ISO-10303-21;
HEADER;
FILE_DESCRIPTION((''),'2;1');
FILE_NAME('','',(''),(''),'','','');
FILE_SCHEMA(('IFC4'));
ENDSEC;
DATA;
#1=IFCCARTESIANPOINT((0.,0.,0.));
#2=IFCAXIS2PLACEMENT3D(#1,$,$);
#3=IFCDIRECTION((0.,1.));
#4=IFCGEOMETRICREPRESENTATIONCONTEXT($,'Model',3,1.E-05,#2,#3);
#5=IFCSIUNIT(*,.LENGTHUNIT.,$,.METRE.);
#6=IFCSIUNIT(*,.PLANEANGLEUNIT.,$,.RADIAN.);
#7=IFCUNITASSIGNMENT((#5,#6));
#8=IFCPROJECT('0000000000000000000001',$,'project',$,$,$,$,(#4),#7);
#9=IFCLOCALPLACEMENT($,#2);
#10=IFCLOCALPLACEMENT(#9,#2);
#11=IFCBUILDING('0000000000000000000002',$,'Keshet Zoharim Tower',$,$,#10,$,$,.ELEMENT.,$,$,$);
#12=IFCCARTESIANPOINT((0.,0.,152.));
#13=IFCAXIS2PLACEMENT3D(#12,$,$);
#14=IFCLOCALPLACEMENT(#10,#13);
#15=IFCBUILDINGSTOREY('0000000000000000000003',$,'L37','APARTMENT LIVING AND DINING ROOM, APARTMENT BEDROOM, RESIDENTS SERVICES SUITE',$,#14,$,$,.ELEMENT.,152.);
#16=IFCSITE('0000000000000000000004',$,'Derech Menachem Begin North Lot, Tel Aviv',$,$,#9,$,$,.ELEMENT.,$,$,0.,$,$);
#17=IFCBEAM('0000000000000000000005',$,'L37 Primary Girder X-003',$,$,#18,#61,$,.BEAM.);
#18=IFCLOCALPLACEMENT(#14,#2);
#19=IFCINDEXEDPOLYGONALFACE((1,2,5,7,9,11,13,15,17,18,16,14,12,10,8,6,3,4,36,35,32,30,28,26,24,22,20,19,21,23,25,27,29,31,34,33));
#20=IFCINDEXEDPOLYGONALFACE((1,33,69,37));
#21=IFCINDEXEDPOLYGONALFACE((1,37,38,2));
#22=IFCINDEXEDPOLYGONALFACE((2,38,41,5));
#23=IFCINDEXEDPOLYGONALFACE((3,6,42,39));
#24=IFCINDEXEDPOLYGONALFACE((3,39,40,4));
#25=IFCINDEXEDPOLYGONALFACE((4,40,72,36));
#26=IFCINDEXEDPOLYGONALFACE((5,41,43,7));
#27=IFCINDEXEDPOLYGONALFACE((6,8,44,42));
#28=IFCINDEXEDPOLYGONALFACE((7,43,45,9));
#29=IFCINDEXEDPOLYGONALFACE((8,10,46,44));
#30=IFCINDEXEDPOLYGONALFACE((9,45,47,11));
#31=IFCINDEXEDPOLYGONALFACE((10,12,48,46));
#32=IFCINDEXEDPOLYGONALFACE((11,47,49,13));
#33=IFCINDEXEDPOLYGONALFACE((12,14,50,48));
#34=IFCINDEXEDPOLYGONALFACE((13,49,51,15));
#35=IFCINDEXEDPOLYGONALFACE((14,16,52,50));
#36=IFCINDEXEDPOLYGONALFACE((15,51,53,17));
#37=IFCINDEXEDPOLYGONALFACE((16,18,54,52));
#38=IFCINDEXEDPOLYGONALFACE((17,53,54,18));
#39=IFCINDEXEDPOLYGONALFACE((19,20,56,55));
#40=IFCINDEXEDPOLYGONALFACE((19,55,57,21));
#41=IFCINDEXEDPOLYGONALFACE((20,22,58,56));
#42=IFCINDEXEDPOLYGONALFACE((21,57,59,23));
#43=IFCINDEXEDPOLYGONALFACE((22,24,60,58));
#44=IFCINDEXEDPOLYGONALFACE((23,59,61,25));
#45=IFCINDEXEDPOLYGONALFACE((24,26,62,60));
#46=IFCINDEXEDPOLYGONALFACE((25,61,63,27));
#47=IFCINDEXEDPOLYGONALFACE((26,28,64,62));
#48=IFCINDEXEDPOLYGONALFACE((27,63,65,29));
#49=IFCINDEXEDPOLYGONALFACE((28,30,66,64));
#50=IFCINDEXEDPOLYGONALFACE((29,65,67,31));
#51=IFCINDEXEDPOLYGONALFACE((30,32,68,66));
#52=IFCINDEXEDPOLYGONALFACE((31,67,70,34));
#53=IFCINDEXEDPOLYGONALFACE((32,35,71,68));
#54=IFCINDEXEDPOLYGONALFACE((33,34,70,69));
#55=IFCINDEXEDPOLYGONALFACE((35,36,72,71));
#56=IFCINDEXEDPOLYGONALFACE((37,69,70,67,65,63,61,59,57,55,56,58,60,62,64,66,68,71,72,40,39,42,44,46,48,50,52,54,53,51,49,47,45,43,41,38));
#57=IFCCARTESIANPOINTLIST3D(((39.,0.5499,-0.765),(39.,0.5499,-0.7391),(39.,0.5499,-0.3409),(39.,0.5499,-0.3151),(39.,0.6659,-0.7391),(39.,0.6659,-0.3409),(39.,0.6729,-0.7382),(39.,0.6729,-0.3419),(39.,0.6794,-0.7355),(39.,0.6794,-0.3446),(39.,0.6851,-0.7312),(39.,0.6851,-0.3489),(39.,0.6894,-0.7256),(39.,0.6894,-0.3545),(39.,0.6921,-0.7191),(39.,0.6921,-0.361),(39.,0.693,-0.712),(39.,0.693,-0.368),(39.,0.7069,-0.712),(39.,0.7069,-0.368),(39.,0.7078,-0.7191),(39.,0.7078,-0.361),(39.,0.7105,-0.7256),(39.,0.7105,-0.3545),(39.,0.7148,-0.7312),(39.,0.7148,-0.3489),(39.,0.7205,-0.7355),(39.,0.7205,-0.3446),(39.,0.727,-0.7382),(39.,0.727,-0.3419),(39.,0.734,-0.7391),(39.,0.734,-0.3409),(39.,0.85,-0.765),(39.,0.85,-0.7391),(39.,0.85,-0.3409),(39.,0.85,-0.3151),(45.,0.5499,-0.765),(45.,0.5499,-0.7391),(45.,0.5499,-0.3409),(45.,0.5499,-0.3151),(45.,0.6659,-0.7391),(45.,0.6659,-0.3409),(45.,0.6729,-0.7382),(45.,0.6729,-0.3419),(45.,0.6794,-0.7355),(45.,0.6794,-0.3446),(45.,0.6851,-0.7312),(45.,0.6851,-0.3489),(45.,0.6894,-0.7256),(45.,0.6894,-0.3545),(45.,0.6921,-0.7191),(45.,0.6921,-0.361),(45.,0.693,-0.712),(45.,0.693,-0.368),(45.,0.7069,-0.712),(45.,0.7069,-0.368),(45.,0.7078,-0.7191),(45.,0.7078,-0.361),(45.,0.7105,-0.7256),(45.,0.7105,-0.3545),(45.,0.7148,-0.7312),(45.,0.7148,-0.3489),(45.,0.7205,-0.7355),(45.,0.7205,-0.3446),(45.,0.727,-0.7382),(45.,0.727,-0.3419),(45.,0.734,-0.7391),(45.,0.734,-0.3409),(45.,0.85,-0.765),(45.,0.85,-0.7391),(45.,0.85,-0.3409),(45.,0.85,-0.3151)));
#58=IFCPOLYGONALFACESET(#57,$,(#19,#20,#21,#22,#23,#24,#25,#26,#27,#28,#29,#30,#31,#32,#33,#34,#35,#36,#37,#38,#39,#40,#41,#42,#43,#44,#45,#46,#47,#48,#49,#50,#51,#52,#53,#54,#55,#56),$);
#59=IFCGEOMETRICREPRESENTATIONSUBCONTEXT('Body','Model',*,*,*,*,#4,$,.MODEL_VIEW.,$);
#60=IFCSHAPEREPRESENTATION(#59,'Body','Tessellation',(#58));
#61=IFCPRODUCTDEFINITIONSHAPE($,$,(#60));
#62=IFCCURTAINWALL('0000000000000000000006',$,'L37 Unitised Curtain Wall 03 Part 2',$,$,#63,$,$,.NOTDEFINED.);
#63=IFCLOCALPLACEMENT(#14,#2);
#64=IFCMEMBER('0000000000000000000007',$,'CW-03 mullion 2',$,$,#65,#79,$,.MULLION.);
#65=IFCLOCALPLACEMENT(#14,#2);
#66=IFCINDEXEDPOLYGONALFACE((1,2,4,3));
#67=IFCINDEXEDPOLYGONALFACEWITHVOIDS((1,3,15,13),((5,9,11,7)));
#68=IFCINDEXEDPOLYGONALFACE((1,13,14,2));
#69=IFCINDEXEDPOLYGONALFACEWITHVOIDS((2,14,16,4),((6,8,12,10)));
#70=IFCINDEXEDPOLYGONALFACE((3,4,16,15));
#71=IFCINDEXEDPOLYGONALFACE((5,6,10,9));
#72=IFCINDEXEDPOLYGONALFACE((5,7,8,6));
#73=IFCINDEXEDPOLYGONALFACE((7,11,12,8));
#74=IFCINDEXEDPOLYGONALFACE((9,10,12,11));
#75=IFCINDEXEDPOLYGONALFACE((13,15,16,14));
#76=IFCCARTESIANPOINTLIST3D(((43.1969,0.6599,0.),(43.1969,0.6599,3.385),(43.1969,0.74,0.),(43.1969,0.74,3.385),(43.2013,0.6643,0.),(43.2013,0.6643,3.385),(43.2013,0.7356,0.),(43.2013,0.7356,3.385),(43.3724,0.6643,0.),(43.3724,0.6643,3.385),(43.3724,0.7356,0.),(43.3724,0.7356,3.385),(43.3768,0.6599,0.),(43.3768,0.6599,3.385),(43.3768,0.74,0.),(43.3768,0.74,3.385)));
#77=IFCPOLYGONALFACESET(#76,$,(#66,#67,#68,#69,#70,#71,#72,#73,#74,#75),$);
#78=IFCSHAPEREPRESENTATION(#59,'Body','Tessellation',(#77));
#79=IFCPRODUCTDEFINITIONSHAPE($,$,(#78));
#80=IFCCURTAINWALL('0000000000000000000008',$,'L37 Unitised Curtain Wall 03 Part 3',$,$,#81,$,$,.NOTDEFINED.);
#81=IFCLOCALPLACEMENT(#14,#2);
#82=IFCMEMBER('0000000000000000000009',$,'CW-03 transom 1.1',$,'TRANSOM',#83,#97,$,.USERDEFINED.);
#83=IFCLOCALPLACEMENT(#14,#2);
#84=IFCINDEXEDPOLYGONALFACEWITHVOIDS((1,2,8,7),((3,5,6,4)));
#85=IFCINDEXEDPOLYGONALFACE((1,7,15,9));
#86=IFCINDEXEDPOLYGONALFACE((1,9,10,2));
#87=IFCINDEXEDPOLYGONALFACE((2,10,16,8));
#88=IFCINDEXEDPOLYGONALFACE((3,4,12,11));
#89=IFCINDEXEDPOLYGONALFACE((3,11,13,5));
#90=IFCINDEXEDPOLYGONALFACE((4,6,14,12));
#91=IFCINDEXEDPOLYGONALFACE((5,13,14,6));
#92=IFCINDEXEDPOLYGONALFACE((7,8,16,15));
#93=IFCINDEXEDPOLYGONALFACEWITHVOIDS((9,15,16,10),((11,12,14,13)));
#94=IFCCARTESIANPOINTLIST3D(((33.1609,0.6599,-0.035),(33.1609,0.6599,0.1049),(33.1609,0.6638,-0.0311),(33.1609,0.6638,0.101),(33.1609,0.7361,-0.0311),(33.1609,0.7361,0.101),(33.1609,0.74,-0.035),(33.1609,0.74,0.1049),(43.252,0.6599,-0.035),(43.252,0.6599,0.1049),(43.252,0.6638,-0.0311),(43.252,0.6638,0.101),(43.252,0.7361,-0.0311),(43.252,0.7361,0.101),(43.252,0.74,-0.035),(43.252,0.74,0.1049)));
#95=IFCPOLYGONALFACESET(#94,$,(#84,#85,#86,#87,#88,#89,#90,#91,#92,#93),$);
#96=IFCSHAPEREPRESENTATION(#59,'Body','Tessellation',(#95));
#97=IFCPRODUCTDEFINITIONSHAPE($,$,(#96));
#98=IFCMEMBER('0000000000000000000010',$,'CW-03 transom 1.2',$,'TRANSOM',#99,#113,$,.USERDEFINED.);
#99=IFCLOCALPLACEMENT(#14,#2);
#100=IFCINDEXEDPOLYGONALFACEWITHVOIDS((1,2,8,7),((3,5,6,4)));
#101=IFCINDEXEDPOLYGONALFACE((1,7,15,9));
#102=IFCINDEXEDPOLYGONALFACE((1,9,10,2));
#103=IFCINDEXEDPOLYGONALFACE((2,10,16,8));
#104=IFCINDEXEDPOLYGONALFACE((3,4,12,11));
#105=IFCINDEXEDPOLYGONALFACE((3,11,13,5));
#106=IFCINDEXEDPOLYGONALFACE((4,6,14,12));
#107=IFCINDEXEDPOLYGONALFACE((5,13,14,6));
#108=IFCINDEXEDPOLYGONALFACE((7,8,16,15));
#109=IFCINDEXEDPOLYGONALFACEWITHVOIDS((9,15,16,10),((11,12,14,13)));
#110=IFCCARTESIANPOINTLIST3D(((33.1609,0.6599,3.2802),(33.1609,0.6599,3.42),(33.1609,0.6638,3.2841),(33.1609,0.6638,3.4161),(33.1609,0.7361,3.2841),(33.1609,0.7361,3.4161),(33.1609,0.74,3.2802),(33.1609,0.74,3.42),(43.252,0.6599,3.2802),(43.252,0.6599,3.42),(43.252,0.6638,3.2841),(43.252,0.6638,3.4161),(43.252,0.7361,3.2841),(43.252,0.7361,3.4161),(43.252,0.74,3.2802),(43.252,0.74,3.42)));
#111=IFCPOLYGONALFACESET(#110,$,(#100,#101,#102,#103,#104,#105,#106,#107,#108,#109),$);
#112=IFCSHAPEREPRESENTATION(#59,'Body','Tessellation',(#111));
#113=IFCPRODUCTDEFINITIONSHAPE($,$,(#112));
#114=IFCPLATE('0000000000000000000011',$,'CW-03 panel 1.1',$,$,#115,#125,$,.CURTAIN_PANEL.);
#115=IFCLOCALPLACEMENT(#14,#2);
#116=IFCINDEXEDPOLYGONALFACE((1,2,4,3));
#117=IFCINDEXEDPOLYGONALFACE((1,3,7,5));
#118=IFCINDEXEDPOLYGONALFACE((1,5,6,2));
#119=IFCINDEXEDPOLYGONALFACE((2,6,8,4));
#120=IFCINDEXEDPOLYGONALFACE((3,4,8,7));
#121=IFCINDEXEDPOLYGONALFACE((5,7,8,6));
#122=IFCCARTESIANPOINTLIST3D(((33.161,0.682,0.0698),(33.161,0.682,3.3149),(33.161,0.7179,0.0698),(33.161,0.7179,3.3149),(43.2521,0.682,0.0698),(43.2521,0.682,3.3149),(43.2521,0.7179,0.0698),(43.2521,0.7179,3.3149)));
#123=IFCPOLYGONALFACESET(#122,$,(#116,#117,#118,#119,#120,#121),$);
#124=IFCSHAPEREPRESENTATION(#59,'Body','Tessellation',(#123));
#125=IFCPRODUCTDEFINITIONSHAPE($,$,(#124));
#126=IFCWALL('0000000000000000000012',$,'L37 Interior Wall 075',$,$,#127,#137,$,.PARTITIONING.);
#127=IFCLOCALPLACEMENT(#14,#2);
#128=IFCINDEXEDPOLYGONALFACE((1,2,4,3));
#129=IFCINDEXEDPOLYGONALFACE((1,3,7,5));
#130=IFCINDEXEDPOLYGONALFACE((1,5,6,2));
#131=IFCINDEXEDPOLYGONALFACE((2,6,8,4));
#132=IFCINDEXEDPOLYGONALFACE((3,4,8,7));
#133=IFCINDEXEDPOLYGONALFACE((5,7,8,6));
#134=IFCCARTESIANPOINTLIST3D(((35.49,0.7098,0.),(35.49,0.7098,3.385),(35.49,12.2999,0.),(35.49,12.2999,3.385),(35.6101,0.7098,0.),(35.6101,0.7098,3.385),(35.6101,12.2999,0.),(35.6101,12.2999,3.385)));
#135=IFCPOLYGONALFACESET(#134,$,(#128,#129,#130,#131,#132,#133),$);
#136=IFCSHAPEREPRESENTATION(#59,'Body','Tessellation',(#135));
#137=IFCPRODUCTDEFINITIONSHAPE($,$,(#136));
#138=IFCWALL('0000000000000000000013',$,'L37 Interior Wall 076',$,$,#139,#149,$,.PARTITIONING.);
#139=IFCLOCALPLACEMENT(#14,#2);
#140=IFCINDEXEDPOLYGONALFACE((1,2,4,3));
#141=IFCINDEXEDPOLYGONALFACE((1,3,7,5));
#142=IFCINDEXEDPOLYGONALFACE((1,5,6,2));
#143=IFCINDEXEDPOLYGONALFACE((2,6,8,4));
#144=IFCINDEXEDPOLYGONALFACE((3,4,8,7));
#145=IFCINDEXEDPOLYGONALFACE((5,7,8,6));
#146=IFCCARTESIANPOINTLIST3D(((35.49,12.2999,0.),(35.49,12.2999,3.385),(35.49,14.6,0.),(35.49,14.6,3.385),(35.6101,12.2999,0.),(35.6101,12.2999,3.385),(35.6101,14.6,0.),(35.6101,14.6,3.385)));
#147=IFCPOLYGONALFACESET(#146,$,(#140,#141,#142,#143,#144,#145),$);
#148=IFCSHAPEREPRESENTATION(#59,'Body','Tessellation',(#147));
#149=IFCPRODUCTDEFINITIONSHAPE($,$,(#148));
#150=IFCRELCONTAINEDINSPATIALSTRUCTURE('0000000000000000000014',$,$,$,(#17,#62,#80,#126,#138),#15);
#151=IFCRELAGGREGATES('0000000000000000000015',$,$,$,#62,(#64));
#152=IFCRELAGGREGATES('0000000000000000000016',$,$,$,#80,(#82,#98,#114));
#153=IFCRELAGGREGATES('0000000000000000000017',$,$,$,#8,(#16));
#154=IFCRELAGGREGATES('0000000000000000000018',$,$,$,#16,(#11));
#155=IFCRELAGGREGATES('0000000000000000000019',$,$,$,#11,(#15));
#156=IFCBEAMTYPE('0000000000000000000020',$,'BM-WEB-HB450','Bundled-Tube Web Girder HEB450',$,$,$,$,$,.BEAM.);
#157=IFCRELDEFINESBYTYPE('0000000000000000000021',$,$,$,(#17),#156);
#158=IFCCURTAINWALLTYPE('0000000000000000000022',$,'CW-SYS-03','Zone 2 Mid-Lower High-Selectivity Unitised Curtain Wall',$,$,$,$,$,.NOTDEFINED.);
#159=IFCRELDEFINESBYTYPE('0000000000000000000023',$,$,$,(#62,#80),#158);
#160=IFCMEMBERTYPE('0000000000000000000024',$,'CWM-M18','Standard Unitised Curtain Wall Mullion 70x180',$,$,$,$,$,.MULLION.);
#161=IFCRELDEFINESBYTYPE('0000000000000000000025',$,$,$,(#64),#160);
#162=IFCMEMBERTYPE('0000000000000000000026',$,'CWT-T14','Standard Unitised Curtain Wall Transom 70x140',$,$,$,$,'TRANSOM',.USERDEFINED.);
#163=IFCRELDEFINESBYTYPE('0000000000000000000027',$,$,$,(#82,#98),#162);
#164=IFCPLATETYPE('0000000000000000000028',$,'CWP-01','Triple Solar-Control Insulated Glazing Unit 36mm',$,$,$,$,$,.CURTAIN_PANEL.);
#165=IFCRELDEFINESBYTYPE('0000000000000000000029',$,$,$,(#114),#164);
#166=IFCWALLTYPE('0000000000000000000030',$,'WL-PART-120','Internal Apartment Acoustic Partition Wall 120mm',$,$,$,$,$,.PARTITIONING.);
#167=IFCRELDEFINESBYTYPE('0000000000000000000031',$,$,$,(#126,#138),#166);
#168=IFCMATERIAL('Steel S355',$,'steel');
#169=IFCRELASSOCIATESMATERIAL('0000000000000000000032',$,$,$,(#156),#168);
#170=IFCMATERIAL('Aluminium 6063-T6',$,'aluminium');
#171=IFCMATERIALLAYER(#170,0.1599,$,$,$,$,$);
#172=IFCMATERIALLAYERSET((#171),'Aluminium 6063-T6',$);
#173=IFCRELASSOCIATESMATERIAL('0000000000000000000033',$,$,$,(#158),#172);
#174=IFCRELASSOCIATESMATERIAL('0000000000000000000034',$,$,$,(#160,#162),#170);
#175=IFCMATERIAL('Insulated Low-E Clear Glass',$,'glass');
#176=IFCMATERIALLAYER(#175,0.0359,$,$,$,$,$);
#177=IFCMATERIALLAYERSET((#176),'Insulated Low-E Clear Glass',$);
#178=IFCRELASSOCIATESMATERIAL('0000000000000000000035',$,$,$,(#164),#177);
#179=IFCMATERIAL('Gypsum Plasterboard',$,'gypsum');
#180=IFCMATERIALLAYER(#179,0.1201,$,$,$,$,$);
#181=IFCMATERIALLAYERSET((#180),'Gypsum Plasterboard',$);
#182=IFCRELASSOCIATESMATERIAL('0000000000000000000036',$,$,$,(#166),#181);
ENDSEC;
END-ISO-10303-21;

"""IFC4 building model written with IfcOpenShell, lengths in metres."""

from ifc_helpers import new_model, si_unit, direction, frame, frame_2d, origin, origin_2d, place, context, subcontext, project, spatial, rectangle, hollow_rectangle, i_section, extrude, material, layer, layer_set, material_profile, profile_set, type_object, element, aggregate, save


model = new_model("IFC4")

# Units and contexts
model_context = context("Model", 3, precision=1e-05, world=origin(), true_north=direction((0.0, 1.0)))
body_context = subcontext(model_context, "Body", "Model", "MODEL_VIEW")
ifc_project = project(units=[si_unit("LENGTHUNIT", "METRE"), si_unit("PLANEANGLEUNIT", "RADIAN")], contexts=[model_context])

# Site, building, storey
site_placement = place(None, origin())
site = spatial("IfcSite", under=ifc_project, at=site_placement, Name="Derech Menachem Begin North Lot, Tel Aviv", CompositionType="ELEMENT", RefElevation=0.0)
building_placement = place(site_placement, origin())
building = spatial("IfcBuilding", under=site, at=building_placement, Name="Keshet Zoharim Tower", CompositionType="ELEMENT")
storey_placement = place(building_placement, frame((0.0, 0.0, 152.0)))
storey = spatial("IfcBuildingStorey", under=building, at=storey_placement, Name="L37", Description="APARTMENT LIVING AND DINING ROOM, APARTMENT BEDROOM, RESIDENTS SERVICES SUITE", CompositionType="ELEMENT", Elevation=152.0)

# Shared definitions
ifc_material_1 = material(Name="Steel S355", Category="steel")

# Beam
ifc_material_profile_1 = material_profile(ifc_material_1, i_section(OverallWidth=0.3, OverallDepth=0.45, WebThickness=0.0139, FlangeThickness=0.0259, FilletRadius=0.0271, at=origin_2d()), Name="HEB450")
ifc_profile_set_1 = profile_set([ifc_material_profile_1], Name="Steel S355")
beam_type_1 = type_object("IfcBeamType", Name="BM-WEB-HB450", Description="Bundled-Tube Web Girder HEB450", PredefinedType="BEAM", material=ifc_profile_set_1)
beam_1_placement = place(storey_placement, frame((39.0, 0.7, -0.54), z_axis=(1.0, 0.0, 0.0), x_axis=(0.0, 1.0, 0.0)))
element("IfcBeam", 1, at=beam_1_placement, inside=storey, type_object=beam_type_1, Name="L37 Primary Girder X-003", PredefinedType="BEAM", context=body_context, shape_type="SweptSolid", body=[
    extrude(i_section(OverallWidth=0.3, OverallDepth=0.45, WebThickness=0.0139, FlangeThickness=0.0259, FilletRadius=0.0271, at=origin_2d()), origin(), (0.0, 0.0, 1.0), 6.0),
])

# Curtain wall, member
ifc_material_2 = material(Name="Aluminium 6063-T6", Category="aluminium")
ifc_layer_1 = layer(ifc_material_2, 0.1599)
ifc_layer_set_1 = layer_set([ifc_layer_1], Name="Aluminium 6063-T6")
curtain_wall_type = type_object("IfcCurtainWallType", Name="CW-SYS-03", Description="Zone 2 Mid-Lower High-Selectivity Unitised Curtain Wall", PredefinedType="NOTDEFINED", material=ifc_layer_set_1)
curtain_wall_1_placement = place(storey_placement, origin())
curtain_wall_1 = element("IfcCurtainWall", 2, at=curtain_wall_1_placement, inside=storey, type_object=curtain_wall_type, Name="L37 Unitised Curtain Wall 03 Part 2", PredefinedType="NOTDEFINED")
ifc_material_profile_2 = material_profile(ifc_material_2, hollow_rectangle(XDim=0.0801, YDim=0.1799, WallThickness=0.0044, at=origin_2d()), Name="MUL-80x180")
ifc_profile_set_2 = profile_set([ifc_material_profile_2], Name="Aluminium 6063-T6")
member_type_1 = type_object("IfcMemberType", Name="CWM-M18", Description="Standard Unitised Curtain Wall Mullion 70x180", PredefinedType="MULLION", material=ifc_profile_set_2)
member_1_placement = place(storey_placement, frame((43.2869, 0.7, 0.0), z_axis=(0.0, 0.0, 1.0), x_axis=(0.0, -1.0, 0.0)))
member_1 = element("IfcMember", 3, at=member_1_placement, type_object=member_type_1, Name="CW-03 mullion 2", PredefinedType="MULLION", context=body_context, shape_type="SweptSolid", body=[
    extrude(hollow_rectangle(XDim=0.0801, YDim=0.1799, WallThickness=0.0044, at=origin_2d()), origin(), (0.0, 0.0, 1.0), 3.385),
])
aggregate(curtain_wall_1, [member_1])

# Curtain wall, members, plate
curtain_wall_2_placement = place(storey_placement, origin())
curtain_wall_2 = element("IfcCurtainWall", 4, at=curtain_wall_2_placement, inside=storey, type_object=curtain_wall_type, Name="L37 Unitised Curtain Wall 03 Part 3", PredefinedType="NOTDEFINED")
ifc_material_profile_3 = material_profile(ifc_material_2, hollow_rectangle(XDim=0.0801, YDim=0.1399, WallThickness=0.0039, at=origin_2d()), Name="TRN-80x140")
ifc_profile_set_3 = profile_set([ifc_material_profile_3], Name="Aluminium 6063-T6")
member_type_2 = type_object("IfcMemberType", Name="CWT-T14", Description="Standard Unitised Curtain Wall Transom 70x140", ElementType="TRANSOM", PredefinedType="USERDEFINED", material=ifc_profile_set_3)
member_2_placement = place(storey_placement, frame((43.252, 0.7, 0.0349), z_axis=(-1.0, 0.0, 0.0), x_axis=(0.0, -1.0, 0.0)))
member_2 = element("IfcMember", 5, at=member_2_placement, type_object=member_type_2, Name="CW-03 transom 1.1", ObjectType="TRANSOM", PredefinedType="USERDEFINED", context=body_context, shape_type="SweptSolid", body=[
    extrude(hollow_rectangle(XDim=0.0801, YDim=0.1399, WallThickness=0.0039, at=origin_2d()), origin(), (0.0, 0.0, 1.0), 10.0911),
])
member_3_placement = place(storey_placement, frame((43.252, 0.7, 3.3501), z_axis=(-1.0, 0.0, 0.0), x_axis=(0.0, -1.0, 0.0)))
member_3 = element("IfcMember", 6, at=member_3_placement, type_object=member_type_2, Name="CW-03 transom 1.2", ObjectType="TRANSOM", PredefinedType="USERDEFINED", context=body_context, shape_type="SweptSolid", body=[
    extrude(hollow_rectangle(XDim=0.0801, YDim=0.1399, WallThickness=0.0039, at=origin_2d()), origin(), (0.0, 0.0, 1.0), 10.0911),
])
ifc_material_3 = material(Name="Insulated Low-E Clear Glass", Category="glass")
ifc_layer_2 = layer(ifc_material_3, 0.0359)
ifc_layer_set_2 = layer_set([ifc_layer_2], Name="Insulated Low-E Clear Glass")
plate_type = type_object("IfcPlateType", Name="CWP-01", Description="Triple Solar-Control Insulated Glazing Unit 36mm", PredefinedType="CURTAIN_PANEL", material=ifc_layer_set_2)
plate_placement = place(storey_placement, frame((38.2065, 0.7, 0.0698), z_axis=(0.0, 0.0, 1.0), x_axis=(-1.0, 0.0, 0.0)))
plate = element("IfcPlate", 7, at=plate_placement, type_object=plate_type, Name="CW-03 panel 1.1", PredefinedType="CURTAIN_PANEL", context=body_context, shape_type="SweptSolid", body=[
    extrude(rectangle(XDim=10.0911, YDim=0.0359, at=origin_2d()), origin(), (0.0, 0.0, 1.0), 3.2451),
])
aggregate(curtain_wall_2, [member_2, member_3, plate])

# Walls
ifc_material_4 = material(Name="Gypsum Plasterboard", Category="gypsum")
ifc_layer_3 = layer(ifc_material_4, 0.1201)
ifc_layer_set_3 = layer_set([ifc_layer_3], Name="Gypsum Plasterboard")
wall_type = type_object("IfcWallType", Name="WL-PART-120", Description="Internal Apartment Acoustic Partition Wall 120mm", PredefinedType="PARTITIONING", material=ifc_layer_set_3)
wall_1_placement = place(storey_placement, frame((35.55, 0.71, 0.0), z_axis=(0.0, 0.0, 1.0), x_axis=(0.0, 1.0, 0.0)))
element("IfcWall", 8, at=wall_1_placement, inside=storey, type_object=wall_type, Name="L37 Interior Wall 075", PredefinedType="PARTITIONING", context=body_context, shape_type="SweptSolid", body=[
    extrude(rectangle(XDim=11.5901, YDim=0.1201, at=frame_2d((5.7949, 0.0))), origin(), (0.0, 0.0, 1.0), 3.385),
])
wall_2_placement = place(storey_placement, frame((35.55, 12.3, 0.0), z_axis=(0.0, 0.0, 1.0), x_axis=(0.0, 1.0, 0.0)))
element("IfcWall", 9, at=wall_2_placement, inside=storey, type_object=wall_type, Name="L37 Interior Wall 076", PredefinedType="PARTITIONING", context=body_context, shape_type="SweptSolid", body=[
    extrude(rectangle(XDim=2.3, YDim=0.1201, at=frame_2d((1.1499, 0.0))), origin(), (0.0, 0.0, 1.0), 3.385),
])

save(model, "model.ifc")
